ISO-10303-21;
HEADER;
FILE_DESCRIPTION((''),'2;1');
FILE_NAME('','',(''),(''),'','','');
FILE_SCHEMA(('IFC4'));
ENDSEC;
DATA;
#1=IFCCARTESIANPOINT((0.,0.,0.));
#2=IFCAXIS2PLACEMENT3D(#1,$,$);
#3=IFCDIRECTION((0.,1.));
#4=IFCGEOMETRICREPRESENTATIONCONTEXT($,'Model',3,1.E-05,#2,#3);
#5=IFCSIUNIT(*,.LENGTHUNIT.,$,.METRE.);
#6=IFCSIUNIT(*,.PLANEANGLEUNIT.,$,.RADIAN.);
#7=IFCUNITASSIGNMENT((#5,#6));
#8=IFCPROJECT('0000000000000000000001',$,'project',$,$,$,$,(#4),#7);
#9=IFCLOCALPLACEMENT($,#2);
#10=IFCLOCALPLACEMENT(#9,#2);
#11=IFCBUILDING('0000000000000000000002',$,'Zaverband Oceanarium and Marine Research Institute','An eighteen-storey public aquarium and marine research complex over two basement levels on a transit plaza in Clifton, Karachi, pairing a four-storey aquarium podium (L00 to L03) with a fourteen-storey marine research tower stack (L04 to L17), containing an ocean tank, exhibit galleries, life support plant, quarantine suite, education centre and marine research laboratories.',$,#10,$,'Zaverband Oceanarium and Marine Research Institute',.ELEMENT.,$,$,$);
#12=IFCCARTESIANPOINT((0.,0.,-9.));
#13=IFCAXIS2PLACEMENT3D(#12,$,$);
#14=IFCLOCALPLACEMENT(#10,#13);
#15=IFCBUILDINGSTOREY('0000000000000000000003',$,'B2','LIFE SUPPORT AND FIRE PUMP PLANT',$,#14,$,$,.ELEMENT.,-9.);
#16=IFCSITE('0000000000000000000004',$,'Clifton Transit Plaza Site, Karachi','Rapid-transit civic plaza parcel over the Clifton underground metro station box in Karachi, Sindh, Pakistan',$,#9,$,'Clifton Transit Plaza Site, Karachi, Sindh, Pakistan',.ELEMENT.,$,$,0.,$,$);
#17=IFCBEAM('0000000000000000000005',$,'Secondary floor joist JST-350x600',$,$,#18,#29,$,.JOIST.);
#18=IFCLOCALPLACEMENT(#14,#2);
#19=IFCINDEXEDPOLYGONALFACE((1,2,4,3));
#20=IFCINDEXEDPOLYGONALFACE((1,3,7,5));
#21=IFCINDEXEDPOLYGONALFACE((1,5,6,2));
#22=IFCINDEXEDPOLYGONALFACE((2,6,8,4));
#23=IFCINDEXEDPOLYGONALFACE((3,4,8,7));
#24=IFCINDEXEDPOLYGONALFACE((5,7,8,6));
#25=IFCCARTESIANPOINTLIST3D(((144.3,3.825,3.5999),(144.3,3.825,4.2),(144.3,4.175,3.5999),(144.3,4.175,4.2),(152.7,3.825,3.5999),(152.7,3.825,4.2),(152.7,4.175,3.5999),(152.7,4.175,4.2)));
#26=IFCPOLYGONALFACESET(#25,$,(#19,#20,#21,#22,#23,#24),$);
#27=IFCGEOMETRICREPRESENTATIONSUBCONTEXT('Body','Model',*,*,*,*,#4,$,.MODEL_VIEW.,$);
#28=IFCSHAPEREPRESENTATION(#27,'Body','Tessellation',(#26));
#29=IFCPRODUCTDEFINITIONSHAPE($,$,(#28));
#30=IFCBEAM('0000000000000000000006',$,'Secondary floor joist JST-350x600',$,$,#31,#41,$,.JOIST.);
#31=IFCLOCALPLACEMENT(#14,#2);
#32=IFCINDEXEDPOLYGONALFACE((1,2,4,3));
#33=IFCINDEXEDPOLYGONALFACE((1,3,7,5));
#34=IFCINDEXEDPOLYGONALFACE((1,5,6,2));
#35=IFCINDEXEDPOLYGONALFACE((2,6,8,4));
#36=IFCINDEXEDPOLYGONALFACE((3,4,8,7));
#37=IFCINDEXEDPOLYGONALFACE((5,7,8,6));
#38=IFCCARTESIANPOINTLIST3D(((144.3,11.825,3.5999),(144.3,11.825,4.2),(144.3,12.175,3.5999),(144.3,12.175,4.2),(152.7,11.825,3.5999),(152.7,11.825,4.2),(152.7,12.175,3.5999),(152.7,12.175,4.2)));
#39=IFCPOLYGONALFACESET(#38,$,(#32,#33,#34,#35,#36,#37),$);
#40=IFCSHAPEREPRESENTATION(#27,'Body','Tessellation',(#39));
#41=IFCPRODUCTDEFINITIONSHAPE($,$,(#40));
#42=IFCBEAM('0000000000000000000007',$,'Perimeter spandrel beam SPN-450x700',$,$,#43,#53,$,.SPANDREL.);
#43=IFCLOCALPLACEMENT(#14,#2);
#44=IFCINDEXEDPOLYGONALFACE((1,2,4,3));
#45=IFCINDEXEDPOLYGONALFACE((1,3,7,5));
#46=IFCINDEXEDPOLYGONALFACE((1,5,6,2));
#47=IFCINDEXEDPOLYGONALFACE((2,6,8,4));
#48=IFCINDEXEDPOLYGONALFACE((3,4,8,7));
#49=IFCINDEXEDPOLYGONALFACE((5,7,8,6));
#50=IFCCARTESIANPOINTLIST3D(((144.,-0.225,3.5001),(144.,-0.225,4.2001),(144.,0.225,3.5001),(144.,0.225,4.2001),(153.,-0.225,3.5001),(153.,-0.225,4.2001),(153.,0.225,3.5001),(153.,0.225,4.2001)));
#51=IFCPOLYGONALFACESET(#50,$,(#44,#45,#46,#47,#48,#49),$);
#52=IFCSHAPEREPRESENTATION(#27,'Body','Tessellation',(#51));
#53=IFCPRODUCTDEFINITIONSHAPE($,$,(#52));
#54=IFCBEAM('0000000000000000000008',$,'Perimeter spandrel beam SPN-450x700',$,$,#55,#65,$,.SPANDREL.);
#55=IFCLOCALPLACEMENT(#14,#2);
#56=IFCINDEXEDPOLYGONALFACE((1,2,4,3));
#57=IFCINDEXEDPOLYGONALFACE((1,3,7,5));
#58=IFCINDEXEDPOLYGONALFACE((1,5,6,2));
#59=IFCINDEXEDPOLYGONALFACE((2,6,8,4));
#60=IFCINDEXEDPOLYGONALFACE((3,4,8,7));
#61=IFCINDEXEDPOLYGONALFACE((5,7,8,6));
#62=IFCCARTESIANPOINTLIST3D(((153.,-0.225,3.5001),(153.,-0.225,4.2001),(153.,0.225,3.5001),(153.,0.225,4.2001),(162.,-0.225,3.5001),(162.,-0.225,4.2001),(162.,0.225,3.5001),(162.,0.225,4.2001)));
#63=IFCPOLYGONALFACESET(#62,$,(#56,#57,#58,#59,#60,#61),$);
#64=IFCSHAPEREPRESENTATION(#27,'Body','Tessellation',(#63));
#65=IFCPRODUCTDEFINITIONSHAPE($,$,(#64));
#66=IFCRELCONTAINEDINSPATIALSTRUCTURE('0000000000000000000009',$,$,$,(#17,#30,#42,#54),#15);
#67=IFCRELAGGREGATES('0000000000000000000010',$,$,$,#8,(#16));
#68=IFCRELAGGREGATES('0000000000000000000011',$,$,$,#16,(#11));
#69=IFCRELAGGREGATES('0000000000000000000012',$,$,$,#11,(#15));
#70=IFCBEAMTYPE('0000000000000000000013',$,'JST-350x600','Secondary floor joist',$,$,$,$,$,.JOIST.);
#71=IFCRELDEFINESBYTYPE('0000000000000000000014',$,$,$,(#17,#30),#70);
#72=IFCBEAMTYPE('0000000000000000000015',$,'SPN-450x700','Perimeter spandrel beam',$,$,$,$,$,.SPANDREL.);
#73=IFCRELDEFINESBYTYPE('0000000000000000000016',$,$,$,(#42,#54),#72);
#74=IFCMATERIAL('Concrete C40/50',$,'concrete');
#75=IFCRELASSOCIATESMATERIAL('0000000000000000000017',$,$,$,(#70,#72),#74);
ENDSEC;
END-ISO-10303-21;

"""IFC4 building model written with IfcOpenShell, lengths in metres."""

from ifc_helpers import new_model, si_unit, direction, frame, origin, origin_2d, place, context, subcontext, project, spatial, rectangle, extrude, material, material_profile, profile_set, type_object, element, save


model = new_model("IFC4")

# Units and contexts
model_context = context("Model", 3, precision=1e-05, world=origin(), true_north=direction((0.0, 1.0)))
body_context = subcontext(model_context, "Body", "Model", "MODEL_VIEW")
ifc_project = project(units=[si_unit("LENGTHUNIT", "METRE"), si_unit("PLANEANGLEUNIT", "RADIAN")], contexts=[model_context])

# Site, building, storey
site_placement = place(None, origin())
site = spatial("IfcSite", under=ifc_project, at=site_placement, Name="Clifton Transit Plaza Site, Karachi", Description="Rapid-transit civic plaza parcel over the Clifton underground metro station box in Karachi, Sindh, Pakistan", LongName="Clifton Transit Plaza Site, Karachi, Sindh, Pakistan", CompositionType="ELEMENT", RefElevation=0.0)
building_placement = place(site_placement, origin())
building = spatial("IfcBuilding", under=site, at=building_placement, Name="Zaverband Oceanarium and Marine Research Institute", Description="An eighteen-storey public aquarium and marine research complex over two basement levels on a transit plaza in Clifton, Karachi, pairing a four-storey aquarium podium (L00 to L03) with a fourteen-storey marine research tower stack (L04 to L17), containing an ocean tank, exhibit galleries, life support plant, quarantine suite, education centre and marine research laboratories.", LongName="Zaverband Oceanarium and Marine Research Institute", CompositionType="ELEMENT")
storey_placement = place(building_placement, frame((0.0, 0.0, -9.0)))
storey = spatial("IfcBuildingStorey", under=building, at=storey_placement, Name="B2", Description="LIFE SUPPORT AND FIRE PUMP PLANT", CompositionType="ELEMENT", Elevation=-9.0)

# Beams
ifc_material_1 = material(Name="Concrete C40/50", Category="concrete")
ifc_material_profile_1 = material_profile(ifc_material_1, rectangle(XDim=0.3501, YDim=0.6001, at=origin_2d()), Name="RC350x600")
ifc_profile_set_1 = profile_set([ifc_material_profile_1], Name="Concrete C40/50")
beam_type_1 = type_object("IfcBeamType", Name="JST-350x600", Description="Secondary floor joist", PredefinedType="JOIST", material=ifc_profile_set_1)
for number, where, z_axis, x_axis, name in (
    (1, (144.3, 4.0, 3.8999), (1.0, 0.0, 0.0), (0.0, 1.0, 0.0), "Secondary floor joist JST-350x600"),
    (2, (144.3, 12.0, 3.8999), (1.0, 0.0, 0.0), (0.0, 1.0, 0.0), "Secondary floor joist JST-350x600"),
):
    element("IfcBeam", number, at=place(storey_placement, frame(where, z_axis=z_axis, x_axis=x_axis)), inside=storey, type_object=beam_type_1, Name=name, PredefinedType="JOIST", context=body_context, shape_type="SweptSolid", body=[
        extrude(rectangle(XDim=0.3501, YDim=0.6001, at=origin_2d()), origin(), (0.0, 0.0, 1.0), 8.3999),
    ])
ifc_material_profile_2 = material_profile(ifc_material_1, rectangle(XDim=0.45, YDim=0.7, at=origin_2d()), Name="RC450x700")
ifc_profile_set_2 = profile_set([ifc_material_profile_2], Name="Concrete C40/50")
beam_type_2 = type_object("IfcBeamType", Name="SPN-450x700", Description="Perimeter spandrel beam", PredefinedType="SPANDREL", material=ifc_profile_set_2)
for number, where, z_axis, x_axis, name in (
    (3, (144.0, 0.0, 3.8501), (1.0, 0.0, 0.0), (0.0, 1.0, 0.0), "Perimeter spandrel beam SPN-450x700"),
    (4, (153.0, 0.0, 3.8501), (1.0, 0.0, 0.0), (0.0, 1.0, 0.0), "Perimeter spandrel beam SPN-450x700"),
):
    element("IfcBeam", number, at=place(storey_placement, frame(where, z_axis=z_axis, x_axis=x_axis)), inside=storey, type_object=beam_type_2, Name=name, PredefinedType="SPANDREL", context=body_context, shape_type="SweptSolid", body=[
        extrude(rectangle(XDim=0.45, YDim=0.7, at=origin_2d()), origin(), (0.0, 0.0, 1.0), 9.0),
    ])

save(model, "model.ifc")
